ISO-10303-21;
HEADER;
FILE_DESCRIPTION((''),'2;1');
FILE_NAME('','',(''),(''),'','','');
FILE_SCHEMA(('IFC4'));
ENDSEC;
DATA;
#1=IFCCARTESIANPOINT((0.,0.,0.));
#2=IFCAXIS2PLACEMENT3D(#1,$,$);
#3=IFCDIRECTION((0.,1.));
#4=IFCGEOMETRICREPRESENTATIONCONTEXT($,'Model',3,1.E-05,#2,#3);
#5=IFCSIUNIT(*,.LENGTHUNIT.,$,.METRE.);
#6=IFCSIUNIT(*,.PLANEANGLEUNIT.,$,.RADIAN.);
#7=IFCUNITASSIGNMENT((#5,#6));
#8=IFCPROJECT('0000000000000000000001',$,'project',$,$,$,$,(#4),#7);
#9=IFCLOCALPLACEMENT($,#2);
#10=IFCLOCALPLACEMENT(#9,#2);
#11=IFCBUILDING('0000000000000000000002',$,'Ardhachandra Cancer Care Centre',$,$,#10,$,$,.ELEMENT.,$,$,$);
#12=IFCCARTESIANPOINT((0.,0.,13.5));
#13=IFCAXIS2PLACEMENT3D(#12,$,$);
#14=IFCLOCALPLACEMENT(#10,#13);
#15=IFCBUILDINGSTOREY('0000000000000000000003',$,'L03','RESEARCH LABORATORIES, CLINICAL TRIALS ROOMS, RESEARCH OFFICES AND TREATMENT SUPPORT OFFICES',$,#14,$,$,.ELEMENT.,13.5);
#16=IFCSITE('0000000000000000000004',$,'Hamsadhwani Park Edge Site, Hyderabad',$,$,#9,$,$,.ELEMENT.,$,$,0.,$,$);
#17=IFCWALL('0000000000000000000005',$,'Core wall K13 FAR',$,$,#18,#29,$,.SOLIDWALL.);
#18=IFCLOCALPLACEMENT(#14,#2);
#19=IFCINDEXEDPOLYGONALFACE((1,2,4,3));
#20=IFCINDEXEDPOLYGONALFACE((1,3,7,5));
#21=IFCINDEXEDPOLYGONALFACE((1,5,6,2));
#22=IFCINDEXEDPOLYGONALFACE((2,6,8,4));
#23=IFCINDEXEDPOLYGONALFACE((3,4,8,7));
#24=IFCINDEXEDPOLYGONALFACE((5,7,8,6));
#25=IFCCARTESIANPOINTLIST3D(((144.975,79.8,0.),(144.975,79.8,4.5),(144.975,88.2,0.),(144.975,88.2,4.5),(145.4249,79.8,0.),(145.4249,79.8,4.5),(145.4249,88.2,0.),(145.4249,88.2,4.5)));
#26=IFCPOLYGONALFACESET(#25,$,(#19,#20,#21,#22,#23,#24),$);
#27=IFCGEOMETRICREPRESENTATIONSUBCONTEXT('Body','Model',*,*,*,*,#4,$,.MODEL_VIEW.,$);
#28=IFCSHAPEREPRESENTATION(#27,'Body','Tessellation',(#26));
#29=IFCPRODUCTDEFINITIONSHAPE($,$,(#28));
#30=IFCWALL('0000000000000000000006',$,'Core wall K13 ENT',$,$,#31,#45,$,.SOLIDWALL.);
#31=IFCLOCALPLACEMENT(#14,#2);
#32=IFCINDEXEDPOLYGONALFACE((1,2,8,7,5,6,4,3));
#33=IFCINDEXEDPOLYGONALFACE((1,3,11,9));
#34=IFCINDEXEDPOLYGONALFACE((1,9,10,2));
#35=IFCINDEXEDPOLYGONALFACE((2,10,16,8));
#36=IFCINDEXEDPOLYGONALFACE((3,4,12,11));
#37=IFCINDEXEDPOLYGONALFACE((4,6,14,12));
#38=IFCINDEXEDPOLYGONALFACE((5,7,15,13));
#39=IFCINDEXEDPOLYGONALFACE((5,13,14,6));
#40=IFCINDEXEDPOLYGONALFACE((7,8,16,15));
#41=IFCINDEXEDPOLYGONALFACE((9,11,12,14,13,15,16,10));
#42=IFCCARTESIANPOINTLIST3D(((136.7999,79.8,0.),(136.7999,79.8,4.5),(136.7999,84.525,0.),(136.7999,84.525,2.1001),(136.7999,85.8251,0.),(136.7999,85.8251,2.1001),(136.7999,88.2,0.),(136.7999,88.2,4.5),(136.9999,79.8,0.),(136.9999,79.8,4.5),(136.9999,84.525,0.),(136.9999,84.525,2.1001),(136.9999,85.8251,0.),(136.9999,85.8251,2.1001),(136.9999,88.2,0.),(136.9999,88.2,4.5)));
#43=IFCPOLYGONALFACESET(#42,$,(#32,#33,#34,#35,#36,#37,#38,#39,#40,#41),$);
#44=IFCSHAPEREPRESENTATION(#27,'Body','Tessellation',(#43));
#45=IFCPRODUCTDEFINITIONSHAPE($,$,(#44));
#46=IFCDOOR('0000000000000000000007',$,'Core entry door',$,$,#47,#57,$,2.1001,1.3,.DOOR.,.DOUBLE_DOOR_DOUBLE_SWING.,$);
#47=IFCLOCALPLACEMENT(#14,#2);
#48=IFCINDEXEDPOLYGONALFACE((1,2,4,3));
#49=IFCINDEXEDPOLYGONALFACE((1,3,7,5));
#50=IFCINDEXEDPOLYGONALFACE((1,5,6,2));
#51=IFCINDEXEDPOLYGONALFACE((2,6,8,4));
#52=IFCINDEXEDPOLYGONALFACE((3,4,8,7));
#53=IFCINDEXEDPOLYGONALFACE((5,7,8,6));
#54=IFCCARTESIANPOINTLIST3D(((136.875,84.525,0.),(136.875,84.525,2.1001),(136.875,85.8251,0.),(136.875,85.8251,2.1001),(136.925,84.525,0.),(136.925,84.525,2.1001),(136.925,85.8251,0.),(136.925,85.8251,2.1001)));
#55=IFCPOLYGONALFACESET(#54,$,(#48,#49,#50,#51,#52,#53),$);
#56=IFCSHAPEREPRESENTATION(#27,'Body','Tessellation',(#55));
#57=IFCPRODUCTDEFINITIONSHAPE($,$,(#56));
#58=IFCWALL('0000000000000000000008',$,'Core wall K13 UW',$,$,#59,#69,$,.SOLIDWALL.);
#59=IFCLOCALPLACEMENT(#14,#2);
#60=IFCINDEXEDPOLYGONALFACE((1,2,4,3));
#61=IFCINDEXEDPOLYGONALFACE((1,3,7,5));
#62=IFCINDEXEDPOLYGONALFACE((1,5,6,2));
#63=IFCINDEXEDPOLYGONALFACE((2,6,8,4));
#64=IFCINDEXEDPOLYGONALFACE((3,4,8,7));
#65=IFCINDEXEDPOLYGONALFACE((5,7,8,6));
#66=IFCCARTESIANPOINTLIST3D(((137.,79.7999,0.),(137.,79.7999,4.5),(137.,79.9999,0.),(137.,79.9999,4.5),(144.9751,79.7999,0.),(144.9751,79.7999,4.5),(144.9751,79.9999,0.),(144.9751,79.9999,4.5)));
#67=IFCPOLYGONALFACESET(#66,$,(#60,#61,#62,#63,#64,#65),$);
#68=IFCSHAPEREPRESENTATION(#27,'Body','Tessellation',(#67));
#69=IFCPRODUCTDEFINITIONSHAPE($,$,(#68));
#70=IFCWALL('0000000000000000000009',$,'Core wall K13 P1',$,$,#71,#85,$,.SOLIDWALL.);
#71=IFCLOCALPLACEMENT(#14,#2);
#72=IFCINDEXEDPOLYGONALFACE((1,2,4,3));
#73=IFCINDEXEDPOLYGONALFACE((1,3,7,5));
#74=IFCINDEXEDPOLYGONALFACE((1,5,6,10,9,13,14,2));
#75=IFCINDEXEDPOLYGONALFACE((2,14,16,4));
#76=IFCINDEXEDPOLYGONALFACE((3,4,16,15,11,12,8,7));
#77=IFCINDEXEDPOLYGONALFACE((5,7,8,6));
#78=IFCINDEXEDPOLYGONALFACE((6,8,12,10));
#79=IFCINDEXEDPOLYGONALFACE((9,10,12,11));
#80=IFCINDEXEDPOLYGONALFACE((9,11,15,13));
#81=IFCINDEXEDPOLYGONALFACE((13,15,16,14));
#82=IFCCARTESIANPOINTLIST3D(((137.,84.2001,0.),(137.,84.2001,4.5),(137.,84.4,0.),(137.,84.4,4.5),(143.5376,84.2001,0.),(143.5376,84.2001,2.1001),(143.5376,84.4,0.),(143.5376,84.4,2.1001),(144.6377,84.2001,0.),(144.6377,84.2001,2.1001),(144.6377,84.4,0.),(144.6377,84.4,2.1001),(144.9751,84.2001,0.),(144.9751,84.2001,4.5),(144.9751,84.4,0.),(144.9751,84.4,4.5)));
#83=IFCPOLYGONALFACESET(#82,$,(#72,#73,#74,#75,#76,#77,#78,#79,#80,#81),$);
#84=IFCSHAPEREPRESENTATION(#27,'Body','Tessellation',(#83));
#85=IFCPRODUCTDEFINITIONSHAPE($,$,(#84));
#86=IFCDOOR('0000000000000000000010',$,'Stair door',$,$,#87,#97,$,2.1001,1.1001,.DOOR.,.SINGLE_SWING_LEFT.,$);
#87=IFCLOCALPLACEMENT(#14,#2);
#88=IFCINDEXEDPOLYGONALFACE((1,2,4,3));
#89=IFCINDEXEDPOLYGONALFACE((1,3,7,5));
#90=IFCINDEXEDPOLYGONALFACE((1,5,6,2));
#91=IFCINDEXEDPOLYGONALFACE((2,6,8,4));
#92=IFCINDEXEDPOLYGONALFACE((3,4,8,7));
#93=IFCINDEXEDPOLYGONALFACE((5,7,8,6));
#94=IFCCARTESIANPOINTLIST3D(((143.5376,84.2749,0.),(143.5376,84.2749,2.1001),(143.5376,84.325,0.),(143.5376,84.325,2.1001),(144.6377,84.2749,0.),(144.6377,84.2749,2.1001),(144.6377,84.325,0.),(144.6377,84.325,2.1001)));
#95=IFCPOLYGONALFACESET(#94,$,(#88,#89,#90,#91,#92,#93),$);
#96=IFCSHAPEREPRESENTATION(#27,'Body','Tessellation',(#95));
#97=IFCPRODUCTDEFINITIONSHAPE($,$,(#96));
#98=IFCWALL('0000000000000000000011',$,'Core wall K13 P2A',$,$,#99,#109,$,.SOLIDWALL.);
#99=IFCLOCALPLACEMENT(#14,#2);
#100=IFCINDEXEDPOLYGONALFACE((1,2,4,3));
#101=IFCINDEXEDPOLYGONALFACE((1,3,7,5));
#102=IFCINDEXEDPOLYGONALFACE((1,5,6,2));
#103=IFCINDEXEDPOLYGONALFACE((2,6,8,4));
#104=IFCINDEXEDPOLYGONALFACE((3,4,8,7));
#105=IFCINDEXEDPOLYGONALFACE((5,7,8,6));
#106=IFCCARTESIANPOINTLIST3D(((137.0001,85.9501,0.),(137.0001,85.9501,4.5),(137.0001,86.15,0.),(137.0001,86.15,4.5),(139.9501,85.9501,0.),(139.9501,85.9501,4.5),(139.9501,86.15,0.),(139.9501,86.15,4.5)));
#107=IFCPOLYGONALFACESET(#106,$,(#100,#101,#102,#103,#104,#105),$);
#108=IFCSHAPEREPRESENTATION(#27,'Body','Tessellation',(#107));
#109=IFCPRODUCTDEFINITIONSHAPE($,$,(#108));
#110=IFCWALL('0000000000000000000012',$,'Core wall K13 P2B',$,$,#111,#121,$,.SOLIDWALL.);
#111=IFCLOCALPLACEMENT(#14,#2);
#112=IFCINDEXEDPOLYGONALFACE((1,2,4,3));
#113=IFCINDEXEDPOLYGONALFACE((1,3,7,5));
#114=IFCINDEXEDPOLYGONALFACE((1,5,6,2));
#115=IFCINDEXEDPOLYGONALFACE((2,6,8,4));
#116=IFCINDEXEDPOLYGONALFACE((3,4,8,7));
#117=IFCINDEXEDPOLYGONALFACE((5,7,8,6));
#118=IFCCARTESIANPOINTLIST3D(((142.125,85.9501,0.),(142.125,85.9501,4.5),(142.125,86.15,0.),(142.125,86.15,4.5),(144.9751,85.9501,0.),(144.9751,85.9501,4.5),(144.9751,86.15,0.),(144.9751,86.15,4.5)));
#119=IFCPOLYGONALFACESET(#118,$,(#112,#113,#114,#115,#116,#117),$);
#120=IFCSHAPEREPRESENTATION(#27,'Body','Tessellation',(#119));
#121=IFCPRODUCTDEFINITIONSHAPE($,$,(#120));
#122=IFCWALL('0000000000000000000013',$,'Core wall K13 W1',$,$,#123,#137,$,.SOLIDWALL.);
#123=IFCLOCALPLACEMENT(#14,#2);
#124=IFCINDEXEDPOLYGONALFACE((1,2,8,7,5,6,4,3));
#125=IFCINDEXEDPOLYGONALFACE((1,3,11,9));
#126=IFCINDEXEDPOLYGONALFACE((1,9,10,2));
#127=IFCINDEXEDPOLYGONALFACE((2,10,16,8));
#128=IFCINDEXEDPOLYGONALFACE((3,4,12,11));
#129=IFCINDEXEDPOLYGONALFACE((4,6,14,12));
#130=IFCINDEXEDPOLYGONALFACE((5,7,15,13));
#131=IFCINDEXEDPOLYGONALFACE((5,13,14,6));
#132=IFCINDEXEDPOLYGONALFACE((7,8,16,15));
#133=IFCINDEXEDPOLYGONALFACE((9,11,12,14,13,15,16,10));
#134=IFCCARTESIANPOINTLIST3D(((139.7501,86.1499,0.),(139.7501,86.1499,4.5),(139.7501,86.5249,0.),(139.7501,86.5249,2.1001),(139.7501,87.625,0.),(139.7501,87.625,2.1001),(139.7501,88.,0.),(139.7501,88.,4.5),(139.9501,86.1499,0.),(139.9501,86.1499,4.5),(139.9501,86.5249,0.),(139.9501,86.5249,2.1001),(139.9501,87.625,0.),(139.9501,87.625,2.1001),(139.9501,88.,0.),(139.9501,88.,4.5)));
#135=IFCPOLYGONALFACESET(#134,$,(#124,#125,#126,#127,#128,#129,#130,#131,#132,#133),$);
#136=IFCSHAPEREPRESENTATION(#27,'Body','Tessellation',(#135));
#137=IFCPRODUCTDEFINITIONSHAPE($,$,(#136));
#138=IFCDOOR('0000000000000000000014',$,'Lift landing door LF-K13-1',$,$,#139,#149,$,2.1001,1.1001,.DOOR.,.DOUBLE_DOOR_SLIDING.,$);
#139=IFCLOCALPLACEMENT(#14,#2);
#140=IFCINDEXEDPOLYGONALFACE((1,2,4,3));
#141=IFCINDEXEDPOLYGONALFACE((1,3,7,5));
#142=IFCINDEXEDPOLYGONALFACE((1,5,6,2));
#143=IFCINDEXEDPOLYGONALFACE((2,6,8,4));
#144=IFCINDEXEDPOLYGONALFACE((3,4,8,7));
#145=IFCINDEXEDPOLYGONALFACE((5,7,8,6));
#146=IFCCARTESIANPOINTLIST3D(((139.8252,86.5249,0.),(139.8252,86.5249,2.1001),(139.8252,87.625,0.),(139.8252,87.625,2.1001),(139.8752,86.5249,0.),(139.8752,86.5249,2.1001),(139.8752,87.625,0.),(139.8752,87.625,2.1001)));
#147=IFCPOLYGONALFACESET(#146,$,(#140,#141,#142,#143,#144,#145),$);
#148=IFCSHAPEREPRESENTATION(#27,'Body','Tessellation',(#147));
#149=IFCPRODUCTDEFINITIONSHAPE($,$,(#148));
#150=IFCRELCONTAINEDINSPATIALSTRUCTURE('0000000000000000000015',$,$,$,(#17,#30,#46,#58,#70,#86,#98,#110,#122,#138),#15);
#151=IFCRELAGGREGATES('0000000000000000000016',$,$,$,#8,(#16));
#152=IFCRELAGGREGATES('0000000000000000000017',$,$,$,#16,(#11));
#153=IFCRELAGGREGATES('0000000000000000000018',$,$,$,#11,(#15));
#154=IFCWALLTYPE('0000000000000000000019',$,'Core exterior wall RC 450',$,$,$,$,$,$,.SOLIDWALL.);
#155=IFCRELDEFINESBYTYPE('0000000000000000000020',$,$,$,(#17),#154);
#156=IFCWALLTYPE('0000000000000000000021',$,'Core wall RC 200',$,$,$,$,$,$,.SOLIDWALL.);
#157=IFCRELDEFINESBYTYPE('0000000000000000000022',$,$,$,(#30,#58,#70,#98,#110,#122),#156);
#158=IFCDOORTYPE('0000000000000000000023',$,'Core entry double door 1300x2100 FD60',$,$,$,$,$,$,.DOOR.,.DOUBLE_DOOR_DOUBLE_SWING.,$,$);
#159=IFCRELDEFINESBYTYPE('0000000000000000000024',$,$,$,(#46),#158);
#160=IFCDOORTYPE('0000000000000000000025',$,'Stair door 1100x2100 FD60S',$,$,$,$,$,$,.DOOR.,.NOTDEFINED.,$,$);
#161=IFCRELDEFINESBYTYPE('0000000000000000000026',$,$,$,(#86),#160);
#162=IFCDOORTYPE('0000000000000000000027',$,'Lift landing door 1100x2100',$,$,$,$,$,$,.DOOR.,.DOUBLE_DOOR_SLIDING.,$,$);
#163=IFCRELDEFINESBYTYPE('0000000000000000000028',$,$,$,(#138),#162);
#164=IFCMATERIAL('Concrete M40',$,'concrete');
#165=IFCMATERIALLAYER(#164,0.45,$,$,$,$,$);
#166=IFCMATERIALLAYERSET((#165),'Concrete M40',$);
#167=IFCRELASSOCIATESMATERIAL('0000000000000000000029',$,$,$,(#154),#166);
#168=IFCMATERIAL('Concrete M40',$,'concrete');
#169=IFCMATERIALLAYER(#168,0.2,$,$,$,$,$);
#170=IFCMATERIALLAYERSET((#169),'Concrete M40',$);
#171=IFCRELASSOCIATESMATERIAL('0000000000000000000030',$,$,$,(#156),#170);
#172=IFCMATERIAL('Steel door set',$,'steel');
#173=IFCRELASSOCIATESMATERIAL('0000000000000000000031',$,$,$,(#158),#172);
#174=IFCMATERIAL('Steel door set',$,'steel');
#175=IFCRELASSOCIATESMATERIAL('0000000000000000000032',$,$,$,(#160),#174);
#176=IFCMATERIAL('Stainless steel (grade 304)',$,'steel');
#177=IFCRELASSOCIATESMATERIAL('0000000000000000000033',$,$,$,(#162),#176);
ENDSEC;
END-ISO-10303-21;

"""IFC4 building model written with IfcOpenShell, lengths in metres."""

from ifc_helpers import new_model, si_unit, direction, frame, frame_2d, origin, place, context, subcontext, project, spatial, rectangle, extrude, material, layer, layer_set, type_object, element, fill, save


model = new_model("IFC4")

# Units and contexts
model_context = context("Model", 3, precision=1e-05, world=origin(), true_north=direction((0.0, 1.0)))
body_context = subcontext(model_context, "Body", "Model", "MODEL_VIEW")
ifc_project = project(units=[si_unit("LENGTHUNIT", "METRE"), si_unit("PLANEANGLEUNIT", "RADIAN")], contexts=[model_context])

# Site, building, storey
site_placement = place(None, origin())
site = spatial("IfcSite", under=ifc_project, at=site_placement, Name="Hamsadhwani Park Edge Site, Hyderabad", CompositionType="ELEMENT", RefElevation=0.0)
building_placement = place(site_placement, origin())
building = spatial("IfcBuilding", under=site, at=building_placement, Name="Ardhachandra Cancer Care Centre", CompositionType="ELEMENT")
storey_placement = place(building_placement, frame((0.0, 0.0, 13.5)))
storey = spatial("IfcBuildingStorey", under=building, at=storey_placement, Name="L03", Description="RESEARCH LABORATORIES, CLINICAL TRIALS ROOMS, RESEARCH OFFICES AND TREATMENT SUPPORT OFFICES", CompositionType="ELEMENT", Elevation=13.5)

# Wall
ifc_material_1 = material(Name="Concrete M40", Category="concrete")
ifc_layer_1 = layer(ifc_material_1, 0.45)
ifc_layer_set_1 = layer_set([ifc_layer_1], Name="Concrete M40")
wall_type_1 = type_object("IfcWallType", Name="Core exterior wall RC 450", PredefinedType="SOLIDWALL", material=ifc_layer_set_1)
wall_1_placement = place(storey_placement, frame((145.2, 79.8, 0.0), z_axis=(0.0, 0.0, 1.0), x_axis=(0.0, 1.0, 0.0)))
element("IfcWall", 1, at=wall_1_placement, inside=storey, type_object=wall_type_1, Name="Core wall K13 FAR", PredefinedType="SOLIDWALL", context=body_context, shape_type="SweptSolid", body=[
    extrude(rectangle(XDim=8.3999, YDim=0.45, at=frame_2d((4.2, 0.0))), origin(), (0.0, 0.0, 1.0), 4.5),
])

# Wall, opening, door
ifc_material_2 = material(Name="Concrete M40", Category="concrete")
ifc_layer_2 = layer(ifc_material_2, 0.2)
ifc_layer_set_2 = layer_set([ifc_layer_2], Name="Concrete M40")
wall_type_2 = type_object("IfcWallType", Name="Core wall RC 200", PredefinedType="SOLIDWALL", material=ifc_layer_set_2)
wall_2_placement = place(storey_placement, frame((136.8999, 79.8, 0.0), z_axis=(0.0, 0.0, 1.0), x_axis=(0.0, 1.0, 0.0)))
wall_2 = element("IfcWall", 2, at=wall_2_placement, inside=storey, type_object=wall_type_2, Name="Core wall K13 ENT", PredefinedType="SOLIDWALL", context=body_context, shape_type="SweptSolid", body=[
    extrude(rectangle(XDim=8.3999, YDim=0.2, at=frame_2d((4.2, 0.0))), origin(), (0.0, 0.0, 1.0), 4.5),
])
opening_1_placement = place(wall_2_placement, frame((4.7251, 0.0, 0.0)))
opening_1 = element("IfcOpeningElement", 3, at=opening_1_placement, cuts=wall_2, PredefinedType="OPENING", context=body_context, shape_type="SweptSolid", body=[
    extrude(rectangle(XDim=1.3, YDim=2.1001, at=frame_2d((0.6499, 1.05))), frame((0.0, 0.1099, 0.0), z_axis=(0.0, -1.0, 0.0), x_axis=(1.0, 0.0, 0.0)), (0.0, 0.0, 1.0), 0.22),
])
ifc_material_3 = material(Name="Steel door set", Category="steel")
door_type_1 = type_object("IfcDoorType", Name="Core entry double door 1300x2100 FD60", OperationType="DOUBLE_DOOR_DOUBLE_SWING", PredefinedType="DOOR", material=ifc_material_3)
door_1_placement = place(opening_1_placement, origin())
door_1 = element("IfcDoor", 4, at=door_1_placement, inside=storey, type_object=door_type_1, Name="Core entry door", OperationType="DOUBLE_DOOR_DOUBLE_SWING", OverallHeight=2.1001, OverallWidth=1.3, PredefinedType="DOOR", context=body_context, shape_type="SweptSolid", body=[
    extrude(rectangle(XDim=1.3, YDim=2.1001, at=frame_2d((0.6499, 1.05))), frame((0.0, 0.0249, 0.0), z_axis=(0.0, -1.0, 0.0), x_axis=(1.0, 0.0, 0.0)), (0.0, 0.0, 1.0), 0.05),
])
fill(opening_1, door_1)

# Wall
wall_3_placement = place(storey_placement, frame((137.0, 79.8999, 0.0), z_axis=(0.0, 0.0, 1.0), x_axis=(1.0, 0.0, 0.0)))
element("IfcWall", 5, at=wall_3_placement, inside=storey, type_object=wall_type_2, Name="Core wall K13 UW", PredefinedType="SOLIDWALL", context=body_context, shape_type="SweptSolid", body=[
    extrude(rectangle(XDim=7.9751, YDim=0.2, at=frame_2d((3.9875, 0.0))), origin(), (0.0, 0.0, 1.0), 4.5),
])

# Wall, opening, door
wall_4_placement = place(storey_placement, frame((137.0, 84.3, 0.0), z_axis=(0.0, 0.0, 1.0), x_axis=(1.0, 0.0, 0.0)))
wall_4 = element("IfcWall", 6, at=wall_4_placement, inside=storey, type_object=wall_type_2, Name="Core wall K13 P1", PredefinedType="SOLIDWALL", context=body_context, shape_type="SweptSolid", body=[
    extrude(rectangle(XDim=7.9751, YDim=0.2, at=frame_2d((3.9875, 0.0))), origin(), (0.0, 0.0, 1.0), 4.5),
])
opening_2_placement = place(wall_4_placement, frame((6.5376, 0.0, 0.0)))
opening_2 = element("IfcOpeningElement", 7, at=opening_2_placement, cuts=wall_4, PredefinedType="OPENING", context=body_context, shape_type="SweptSolid", body=[
    extrude(rectangle(XDim=1.1001, YDim=2.1001, at=frame_2d((0.55, 1.05))), frame((0.0, 0.1099, 0.0), z_axis=(0.0, -1.0, 0.0), x_axis=(1.0, 0.0, 0.0)), (0.0, 0.0, 1.0), 0.22),
])
ifc_material_4 = material(Name="Steel door set", Category="steel")
door_type_2 = type_object("IfcDoorType", Name="Stair door 1100x2100 FD60S", OperationType="NOTDEFINED", PredefinedType="DOOR", material=ifc_material_4)
door_2_placement = place(opening_2_placement, origin())
door_2 = element("IfcDoor", 8, at=door_2_placement, inside=storey, type_object=door_type_2, Name="Stair door", OperationType="SINGLE_SWING_LEFT", OverallHeight=2.1001, OverallWidth=1.1001, PredefinedType="DOOR", context=body_context, shape_type="SweptSolid", body=[
    extrude(rectangle(XDim=1.1001, YDim=2.1001, at=frame_2d((0.55, 1.05))), frame((0.0, 0.0249, 0.0), z_axis=(0.0, -1.0, 0.0), x_axis=(1.0, 0.0, 0.0)), (0.0, 0.0, 1.0), 0.05),
])
fill(opening_2, door_2)

# Walls
wall_5_placement = place(storey_placement, frame((137.0, 86.05, 0.0), z_axis=(0.0, 0.0, 1.0), x_axis=(1.0, 0.0, 0.0)))
element("IfcWall", 9, at=wall_5_placement, inside=storey, type_object=wall_type_2, Name="Core wall K13 P2A", PredefinedType="SOLIDWALL", context=body_context, shape_type="SweptSolid", body=[
    extrude(rectangle(XDim=2.95, YDim=0.2, at=frame_2d((1.4751, 0.0))), origin(), (0.0, 0.0, 1.0), 4.5),
])
wall_6_placement = place(storey_placement, frame((142.125, 86.05, 0.0), z_axis=(0.0, 0.0, 1.0), x_axis=(1.0, 0.0, 0.0)))
element("IfcWall", 10, at=wall_6_placement, inside=storey, type_object=wall_type_2, Name="Core wall K13 P2B", PredefinedType="SOLIDWALL", context=body_context, shape_type="SweptSolid", body=[
    extrude(rectangle(XDim=2.8501, YDim=0.2, at=frame_2d((1.425, 0.0))), origin(), (0.0, 0.0, 1.0), 4.5),
])

# Wall, opening, door
wall_7_placement = place(storey_placement, frame((139.8501, 86.1499, 0.0), z_axis=(0.0, 0.0, 1.0), x_axis=(0.0, 1.0, 0.0)))
wall_7 = element("IfcWall", 11, at=wall_7_placement, inside=storey, type_object=wall_type_2, Name="Core wall K13 W1", PredefinedType="SOLIDWALL", context=body_context, shape_type="SweptSolid", body=[
    extrude(rectangle(XDim=1.8501, YDim=0.2, at=frame_2d((0.925, 0.0))), origin(), (0.0, 0.0, 1.0), 4.5),
])
opening_3_placement = place(wall_7_placement, frame((0.375, 0.0, 0.0)))
opening_3 = element("IfcOpeningElement", 12, at=opening_3_placement, cuts=wall_7, PredefinedType="OPENING", context=body_context, shape_type="SweptSolid", body=[
    extrude(rectangle(XDim=1.1001, YDim=2.1001, at=frame_2d((0.55, 1.05))), frame((0.0, 0.1099, 0.0), z_axis=(0.0, -1.0, 0.0), x_axis=(1.0, 0.0, 0.0)), (0.0, 0.0, 1.0), 0.22),
])
ifc_material_5 = material(Name="Stainless steel (grade 304)", Category="steel")
door_type_3 = type_object("IfcDoorType", Name="Lift landing door 1100x2100", OperationType="DOUBLE_DOOR_SLIDING", PredefinedType="DOOR", material=ifc_material_5)
door_3_placement = place(opening_3_placement, origin())
door_3 = element("IfcDoor", 13, at=door_3_placement, inside=storey, type_object=door_type_3, Name="Lift landing door LF-K13-1", OperationType="DOUBLE_DOOR_SLIDING", OverallHeight=2.1001, OverallWidth=1.1001, PredefinedType="DOOR", context=body_context, shape_type="SweptSolid", body=[
    extrude(rectangle(XDim=1.1001, YDim=2.1001, at=frame_2d((0.55, 1.05))), frame((0.0, 0.0249, 0.0), z_axis=(0.0, -1.0, 0.0), x_axis=(1.0, 0.0, 0.0)), (0.0, 0.0, 1.0), 0.05),
])
fill(opening_3, door_3)

save(model, "model.ifc")
